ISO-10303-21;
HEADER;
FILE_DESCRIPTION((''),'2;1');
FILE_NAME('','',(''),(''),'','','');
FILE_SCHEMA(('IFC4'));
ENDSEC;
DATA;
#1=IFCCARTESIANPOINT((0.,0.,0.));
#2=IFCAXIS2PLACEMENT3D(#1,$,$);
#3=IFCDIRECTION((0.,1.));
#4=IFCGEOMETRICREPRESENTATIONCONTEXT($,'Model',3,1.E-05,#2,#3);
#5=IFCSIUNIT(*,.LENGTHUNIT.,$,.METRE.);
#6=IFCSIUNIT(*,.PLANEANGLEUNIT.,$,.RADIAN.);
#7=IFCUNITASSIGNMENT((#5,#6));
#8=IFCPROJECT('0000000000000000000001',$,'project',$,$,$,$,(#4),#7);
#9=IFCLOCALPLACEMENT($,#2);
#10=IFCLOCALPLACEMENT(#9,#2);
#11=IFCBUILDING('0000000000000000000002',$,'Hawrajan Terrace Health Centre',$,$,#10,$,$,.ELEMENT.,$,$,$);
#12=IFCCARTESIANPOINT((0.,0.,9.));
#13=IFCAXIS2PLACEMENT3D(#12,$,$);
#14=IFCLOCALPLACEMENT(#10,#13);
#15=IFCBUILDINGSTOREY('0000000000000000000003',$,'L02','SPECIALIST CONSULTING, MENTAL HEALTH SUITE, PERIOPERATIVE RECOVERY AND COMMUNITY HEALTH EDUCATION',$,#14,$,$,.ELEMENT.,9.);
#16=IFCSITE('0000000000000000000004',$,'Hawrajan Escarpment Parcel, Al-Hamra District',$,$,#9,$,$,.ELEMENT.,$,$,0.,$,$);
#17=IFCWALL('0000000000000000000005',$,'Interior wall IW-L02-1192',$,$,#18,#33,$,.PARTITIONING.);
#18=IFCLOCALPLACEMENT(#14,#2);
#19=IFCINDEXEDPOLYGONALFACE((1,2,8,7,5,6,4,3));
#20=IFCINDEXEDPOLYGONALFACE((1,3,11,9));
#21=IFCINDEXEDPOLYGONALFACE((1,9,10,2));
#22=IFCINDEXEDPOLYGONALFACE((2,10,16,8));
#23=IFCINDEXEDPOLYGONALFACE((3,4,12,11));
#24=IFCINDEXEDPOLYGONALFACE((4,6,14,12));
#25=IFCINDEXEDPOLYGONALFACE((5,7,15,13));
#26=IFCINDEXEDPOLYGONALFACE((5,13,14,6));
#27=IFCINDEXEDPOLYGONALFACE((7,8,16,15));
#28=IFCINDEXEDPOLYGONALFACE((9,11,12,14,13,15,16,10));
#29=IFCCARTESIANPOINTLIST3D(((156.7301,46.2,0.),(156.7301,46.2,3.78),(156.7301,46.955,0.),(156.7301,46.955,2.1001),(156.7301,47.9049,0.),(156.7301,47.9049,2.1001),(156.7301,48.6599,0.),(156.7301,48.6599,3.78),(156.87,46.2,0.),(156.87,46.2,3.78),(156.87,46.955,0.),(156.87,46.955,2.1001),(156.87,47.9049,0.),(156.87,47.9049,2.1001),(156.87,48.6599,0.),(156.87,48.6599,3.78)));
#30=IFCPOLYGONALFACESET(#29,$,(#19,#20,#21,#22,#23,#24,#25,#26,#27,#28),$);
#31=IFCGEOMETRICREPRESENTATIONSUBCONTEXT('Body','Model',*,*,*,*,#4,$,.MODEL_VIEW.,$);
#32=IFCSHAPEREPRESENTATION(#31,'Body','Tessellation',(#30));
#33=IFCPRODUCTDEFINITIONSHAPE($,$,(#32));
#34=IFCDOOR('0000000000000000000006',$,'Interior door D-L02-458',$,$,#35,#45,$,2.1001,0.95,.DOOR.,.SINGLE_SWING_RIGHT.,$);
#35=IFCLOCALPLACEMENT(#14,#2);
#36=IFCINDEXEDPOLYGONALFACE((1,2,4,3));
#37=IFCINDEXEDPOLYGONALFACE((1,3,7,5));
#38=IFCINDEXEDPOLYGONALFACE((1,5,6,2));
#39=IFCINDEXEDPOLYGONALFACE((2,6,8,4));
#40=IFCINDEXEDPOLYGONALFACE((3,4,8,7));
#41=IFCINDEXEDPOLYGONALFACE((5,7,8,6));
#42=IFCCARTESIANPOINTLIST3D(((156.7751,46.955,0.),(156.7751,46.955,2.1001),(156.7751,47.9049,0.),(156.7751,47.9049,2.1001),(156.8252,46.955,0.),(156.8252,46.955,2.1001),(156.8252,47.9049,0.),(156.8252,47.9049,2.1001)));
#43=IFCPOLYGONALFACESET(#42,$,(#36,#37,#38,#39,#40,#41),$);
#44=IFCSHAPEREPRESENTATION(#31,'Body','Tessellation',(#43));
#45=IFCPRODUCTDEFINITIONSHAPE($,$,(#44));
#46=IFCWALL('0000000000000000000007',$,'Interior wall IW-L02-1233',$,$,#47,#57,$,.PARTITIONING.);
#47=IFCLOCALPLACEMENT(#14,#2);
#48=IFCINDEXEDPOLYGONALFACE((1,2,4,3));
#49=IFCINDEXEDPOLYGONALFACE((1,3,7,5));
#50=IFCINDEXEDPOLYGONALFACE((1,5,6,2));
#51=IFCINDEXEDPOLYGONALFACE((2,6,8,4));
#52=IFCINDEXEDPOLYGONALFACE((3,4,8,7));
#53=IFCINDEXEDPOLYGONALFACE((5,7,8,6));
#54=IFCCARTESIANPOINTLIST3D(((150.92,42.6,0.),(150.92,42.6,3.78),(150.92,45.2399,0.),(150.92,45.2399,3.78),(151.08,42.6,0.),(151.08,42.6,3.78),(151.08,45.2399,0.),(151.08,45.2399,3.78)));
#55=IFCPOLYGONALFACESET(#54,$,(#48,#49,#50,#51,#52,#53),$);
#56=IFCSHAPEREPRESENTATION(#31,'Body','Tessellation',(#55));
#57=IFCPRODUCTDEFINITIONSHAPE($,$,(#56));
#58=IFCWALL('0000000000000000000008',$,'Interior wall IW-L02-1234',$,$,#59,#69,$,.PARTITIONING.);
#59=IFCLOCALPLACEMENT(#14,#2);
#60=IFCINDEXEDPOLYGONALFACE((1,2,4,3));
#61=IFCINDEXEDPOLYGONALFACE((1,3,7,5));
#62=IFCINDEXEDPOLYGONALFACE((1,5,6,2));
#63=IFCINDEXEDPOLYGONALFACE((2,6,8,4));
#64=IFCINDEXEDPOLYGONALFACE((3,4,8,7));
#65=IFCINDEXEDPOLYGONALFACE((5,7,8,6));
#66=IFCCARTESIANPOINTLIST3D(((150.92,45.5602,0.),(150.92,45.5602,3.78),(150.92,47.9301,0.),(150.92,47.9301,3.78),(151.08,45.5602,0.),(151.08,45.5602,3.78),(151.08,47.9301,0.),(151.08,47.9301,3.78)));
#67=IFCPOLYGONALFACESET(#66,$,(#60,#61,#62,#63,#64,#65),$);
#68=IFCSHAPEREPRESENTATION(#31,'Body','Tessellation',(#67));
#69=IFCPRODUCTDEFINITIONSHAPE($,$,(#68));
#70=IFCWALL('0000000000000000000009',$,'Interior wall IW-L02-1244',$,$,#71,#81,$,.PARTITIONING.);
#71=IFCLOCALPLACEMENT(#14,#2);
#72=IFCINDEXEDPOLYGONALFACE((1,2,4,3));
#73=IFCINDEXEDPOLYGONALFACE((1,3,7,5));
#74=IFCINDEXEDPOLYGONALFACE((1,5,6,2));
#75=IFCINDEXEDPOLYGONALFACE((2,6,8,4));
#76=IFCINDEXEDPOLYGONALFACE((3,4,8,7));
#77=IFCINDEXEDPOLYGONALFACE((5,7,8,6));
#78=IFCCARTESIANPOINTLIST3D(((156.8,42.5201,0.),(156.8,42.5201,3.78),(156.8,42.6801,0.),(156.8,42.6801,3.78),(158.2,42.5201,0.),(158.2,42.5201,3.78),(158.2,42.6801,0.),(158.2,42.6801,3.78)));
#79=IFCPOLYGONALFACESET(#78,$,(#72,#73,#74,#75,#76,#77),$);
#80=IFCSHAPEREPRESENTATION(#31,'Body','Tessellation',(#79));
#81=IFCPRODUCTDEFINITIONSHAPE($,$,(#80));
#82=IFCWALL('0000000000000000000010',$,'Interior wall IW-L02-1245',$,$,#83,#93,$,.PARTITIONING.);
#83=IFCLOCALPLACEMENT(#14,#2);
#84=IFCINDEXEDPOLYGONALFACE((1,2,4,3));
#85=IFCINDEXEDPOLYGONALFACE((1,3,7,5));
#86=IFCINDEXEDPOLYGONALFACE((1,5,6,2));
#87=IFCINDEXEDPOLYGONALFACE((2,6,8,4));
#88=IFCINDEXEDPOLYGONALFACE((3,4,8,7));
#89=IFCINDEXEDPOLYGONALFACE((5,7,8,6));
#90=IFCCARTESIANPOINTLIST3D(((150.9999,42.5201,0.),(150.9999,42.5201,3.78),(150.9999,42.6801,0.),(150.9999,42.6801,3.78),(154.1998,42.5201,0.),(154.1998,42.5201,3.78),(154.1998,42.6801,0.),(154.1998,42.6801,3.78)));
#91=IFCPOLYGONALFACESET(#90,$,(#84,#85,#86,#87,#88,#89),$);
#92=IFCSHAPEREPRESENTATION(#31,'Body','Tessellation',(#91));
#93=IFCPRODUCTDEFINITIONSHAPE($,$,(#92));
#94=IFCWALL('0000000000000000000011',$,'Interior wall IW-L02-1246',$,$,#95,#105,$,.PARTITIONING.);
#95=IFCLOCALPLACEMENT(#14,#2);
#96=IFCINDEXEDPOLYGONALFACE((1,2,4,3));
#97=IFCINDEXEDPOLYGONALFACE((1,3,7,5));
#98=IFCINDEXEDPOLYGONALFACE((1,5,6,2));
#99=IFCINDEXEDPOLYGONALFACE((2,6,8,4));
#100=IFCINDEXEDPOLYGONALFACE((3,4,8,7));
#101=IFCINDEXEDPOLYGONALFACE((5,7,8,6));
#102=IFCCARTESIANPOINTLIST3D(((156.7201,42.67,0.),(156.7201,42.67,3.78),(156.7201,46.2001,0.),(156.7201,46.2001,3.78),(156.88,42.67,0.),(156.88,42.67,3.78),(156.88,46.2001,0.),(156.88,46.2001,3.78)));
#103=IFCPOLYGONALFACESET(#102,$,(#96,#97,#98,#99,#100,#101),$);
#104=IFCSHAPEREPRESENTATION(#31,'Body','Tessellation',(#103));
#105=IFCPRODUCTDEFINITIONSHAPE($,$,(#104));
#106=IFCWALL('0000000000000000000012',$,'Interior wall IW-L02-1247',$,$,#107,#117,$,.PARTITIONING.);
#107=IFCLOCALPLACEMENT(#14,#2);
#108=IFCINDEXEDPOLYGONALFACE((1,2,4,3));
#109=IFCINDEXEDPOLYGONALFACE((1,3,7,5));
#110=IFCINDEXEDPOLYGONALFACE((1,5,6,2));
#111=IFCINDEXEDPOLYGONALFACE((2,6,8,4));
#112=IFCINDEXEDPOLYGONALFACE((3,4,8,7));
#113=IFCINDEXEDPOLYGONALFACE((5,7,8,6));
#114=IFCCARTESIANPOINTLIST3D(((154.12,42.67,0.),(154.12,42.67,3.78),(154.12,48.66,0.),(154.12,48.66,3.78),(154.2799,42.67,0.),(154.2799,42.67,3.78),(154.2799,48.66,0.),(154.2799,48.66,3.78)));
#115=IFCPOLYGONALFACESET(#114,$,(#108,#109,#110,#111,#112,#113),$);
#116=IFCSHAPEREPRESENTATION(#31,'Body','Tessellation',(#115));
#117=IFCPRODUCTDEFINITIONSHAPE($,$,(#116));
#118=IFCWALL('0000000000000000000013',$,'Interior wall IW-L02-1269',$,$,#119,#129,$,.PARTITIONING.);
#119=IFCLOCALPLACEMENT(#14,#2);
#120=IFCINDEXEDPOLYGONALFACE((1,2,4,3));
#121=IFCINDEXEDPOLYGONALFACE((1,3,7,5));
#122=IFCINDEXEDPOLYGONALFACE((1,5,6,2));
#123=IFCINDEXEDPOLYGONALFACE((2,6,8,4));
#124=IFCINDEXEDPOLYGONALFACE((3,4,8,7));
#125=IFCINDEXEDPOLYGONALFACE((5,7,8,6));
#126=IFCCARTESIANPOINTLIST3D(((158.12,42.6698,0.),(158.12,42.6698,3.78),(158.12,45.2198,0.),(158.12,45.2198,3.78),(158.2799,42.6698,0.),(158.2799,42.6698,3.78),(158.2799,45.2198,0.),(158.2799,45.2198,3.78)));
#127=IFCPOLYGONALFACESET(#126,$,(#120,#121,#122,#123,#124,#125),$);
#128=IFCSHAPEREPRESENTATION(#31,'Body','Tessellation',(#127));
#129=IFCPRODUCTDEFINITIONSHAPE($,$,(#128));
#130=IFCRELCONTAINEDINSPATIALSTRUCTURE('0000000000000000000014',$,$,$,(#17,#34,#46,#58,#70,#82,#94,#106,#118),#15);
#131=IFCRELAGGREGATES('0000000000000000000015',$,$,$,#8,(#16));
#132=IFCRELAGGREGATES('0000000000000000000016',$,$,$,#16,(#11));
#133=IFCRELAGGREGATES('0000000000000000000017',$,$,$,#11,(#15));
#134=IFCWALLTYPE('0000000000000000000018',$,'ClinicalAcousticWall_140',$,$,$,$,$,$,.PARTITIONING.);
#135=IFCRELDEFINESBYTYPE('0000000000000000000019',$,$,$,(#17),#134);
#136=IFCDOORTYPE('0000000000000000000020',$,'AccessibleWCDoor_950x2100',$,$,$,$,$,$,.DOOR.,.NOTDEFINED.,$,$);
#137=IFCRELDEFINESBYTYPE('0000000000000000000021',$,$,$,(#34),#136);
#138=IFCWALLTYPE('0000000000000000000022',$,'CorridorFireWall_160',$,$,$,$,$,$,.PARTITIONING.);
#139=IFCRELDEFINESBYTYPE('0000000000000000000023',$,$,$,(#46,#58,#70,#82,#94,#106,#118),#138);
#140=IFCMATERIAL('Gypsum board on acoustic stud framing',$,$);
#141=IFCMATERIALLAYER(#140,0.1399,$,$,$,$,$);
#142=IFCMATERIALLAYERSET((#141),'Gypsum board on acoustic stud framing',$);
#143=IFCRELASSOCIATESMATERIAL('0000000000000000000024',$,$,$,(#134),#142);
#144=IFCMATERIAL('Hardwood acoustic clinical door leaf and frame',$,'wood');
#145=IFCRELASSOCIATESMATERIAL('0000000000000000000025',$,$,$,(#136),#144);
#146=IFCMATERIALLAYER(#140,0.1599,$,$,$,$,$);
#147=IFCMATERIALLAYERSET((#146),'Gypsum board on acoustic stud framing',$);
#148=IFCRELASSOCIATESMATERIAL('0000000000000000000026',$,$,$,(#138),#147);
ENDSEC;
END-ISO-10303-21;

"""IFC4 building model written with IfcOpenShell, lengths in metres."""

from ifc_helpers import new_model, si_unit, direction, frame, frame_2d, origin, place, context, subcontext, project, spatial, rectangle, extrude, material, layer, layer_set, type_object, element, fill, save


model = new_model("IFC4")

# Units and contexts
model_context = context("Model", 3, precision=1e-05, world=origin(), true_north=direction((0.0, 1.0)))
body_context = subcontext(model_context, "Body", "Model", "MODEL_VIEW")
ifc_project = project(units=[si_unit("LENGTHUNIT", "METRE"), si_unit("PLANEANGLEUNIT", "RADIAN")], contexts=[model_context])

# Site, building, storey
site_placement = place(None, origin())
site = spatial("IfcSite", under=ifc_project, at=site_placement, Name="Hawrajan Escarpment Parcel, Al-Hamra District", CompositionType="ELEMENT", RefElevation=0.0)
building_placement = place(site_placement, origin())
building = spatial("IfcBuilding", under=site, at=building_placement, Name="Hawrajan Terrace Health Centre", CompositionType="ELEMENT")
storey_placement = place(building_placement, frame((0.0, 0.0, 9.0)))
storey = spatial("IfcBuildingStorey", under=building, at=storey_placement, Name="L02", Description="SPECIALIST CONSULTING, MENTAL HEALTH SUITE, PERIOPERATIVE RECOVERY AND COMMUNITY HEALTH EDUCATION", CompositionType="ELEMENT", Elevation=9.0)

# Shared definitions
ifc_material_1 = material(Name="Gypsum board on acoustic stud framing")
ifc_layer_1 = layer(ifc_material_1, 0.1399)
ifc_layer_set_1 = layer_set([ifc_layer_1], Name="Gypsum board on acoustic stud framing")
wall_type_1 = type_object("IfcWallType", Name="ClinicalAcousticWall_140", PredefinedType="PARTITIONING", material=ifc_layer_set_1)
ifc_material_2 = material(Name="Hardwood acoustic clinical door leaf and frame", Category="wood")

# Wall, opening, door
wall_1_placement = place(storey_placement, frame((156.8, 46.2, 0.0), z_axis=(0.0, 0.0, 1.0), x_axis=(0.0, 1.0, 0.0)))
wall_1 = element("IfcWall", 1, at=wall_1_placement, inside=storey, type_object=wall_type_1, Name="Interior wall IW-L02-1192", PredefinedType="PARTITIONING", context=body_context, shape_type="SweptSolid", body=[
    extrude(rectangle(XDim=2.46, YDim=0.1399, at=frame_2d((1.23, 0.0))), origin(), (0.0, 0.0, 1.0), 3.78),
])
opening_1_placement = place(wall_1_placement, frame((0.7549, 0.0, 0.0)))
opening_1 = element("IfcOpeningElement", 2, at=opening_1_placement, cuts=wall_1, PredefinedType="OPENING", context=body_context, shape_type="SweptSolid", body=[
    extrude(rectangle(XDim=0.95, YDim=2.1001, at=frame_2d((0.4751, 1.05))), frame((0.0, 0.0798, 0.0), z_axis=(0.0, -1.0, 0.0), x_axis=(1.0, 0.0, 0.0)), (0.0, 0.0, 1.0), 0.1599),
])
door_type_1 = type_object("IfcDoorType", Name="AccessibleWCDoor_950x2100", OperationType="NOTDEFINED", PredefinedType="DOOR", material=ifc_material_2)
door_1_placement = place(opening_1_placement, origin())
door_1 = element("IfcDoor", 3, at=door_1_placement, inside=storey, type_object=door_type_1, Name="Interior door D-L02-458", OperationType="SINGLE_SWING_RIGHT", OverallHeight=2.1001, OverallWidth=0.95, PredefinedType="DOOR", context=body_context, shape_type="SweptSolid", body=[
    extrude(rectangle(XDim=0.95, YDim=2.1001, at=frame_2d((0.4751, 1.05))), frame((0.0, 0.0249, 0.0), z_axis=(0.0, -1.0, 0.0), x_axis=(1.0, 0.0, 0.0)), (0.0, 0.0, 1.0), 0.05),
])
fill(opening_1, door_1)

# Walls
ifc_layer_2 = layer(ifc_material_1, 0.1599)
ifc_layer_set_2 = layer_set([ifc_layer_2], Name="Gypsum board on acoustic stud framing")
wall_type_2 = type_object("IfcWallType", Name="CorridorFireWall_160", PredefinedType="PARTITIONING", material=ifc_layer_set_2)
wall_2_placement = place(storey_placement, frame((151.0, 42.6001, 0.0), z_axis=(0.0, 0.0, 1.0), x_axis=(0.0, 1.0, 0.0)))
element("IfcWall", 4, at=wall_2_placement, inside=storey, type_object=wall_type_2, Name="Interior wall IW-L02-1233", PredefinedType="PARTITIONING", context=body_context, shape_type="SweptSolid", body=[
    extrude(rectangle(XDim=2.6399, YDim=0.1599, at=frame_2d((1.3198, 0.0))), origin(), (0.0, 0.0, 1.0), 3.78),
])
wall_3_placement = place(storey_placement, frame((151.0, 45.5601, 0.0), z_axis=(0.0, 0.0, 1.0), x_axis=(0.0, 1.0, 0.0)))
element("IfcWall", 5, at=wall_3_placement, inside=storey, type_object=wall_type_2, Name="Interior wall IW-L02-1234", PredefinedType="PARTITIONING", context=body_context, shape_type="SweptSolid", body=[
    extrude(rectangle(XDim=2.3699, YDim=0.1599, at=frame_2d((1.1851, 0.0))), origin(), (0.0, 0.0, 1.0), 3.78),
])
wall_4_placement = place(storey_placement, frame((158.2, 42.6001, 0.0), z_axis=(0.0, 0.0, 1.0), x_axis=(-1.0, 0.0, 0.0)))
element("IfcWall", 6, at=wall_4_placement, inside=storey, type_object=wall_type_2, Name="Interior wall IW-L02-1244", PredefinedType="PARTITIONING", context=body_context, shape_type="SweptSolid", body=[
    extrude(rectangle(XDim=1.3999, YDim=0.1599, at=frame_2d((0.7, 0.0))), origin(), (0.0, 0.0, 1.0), 3.78),
])
wall_5_placement = place(storey_placement, frame((154.2, 42.6001, 0.0), z_axis=(0.0, 0.0, 1.0), x_axis=(-1.0, 0.0, 0.0)))
element("IfcWall", 7, at=wall_5_placement, inside=storey, type_object=wall_type_2, Name="Interior wall IW-L02-1245", PredefinedType="PARTITIONING", context=body_context, shape_type="SweptSolid", body=[
    extrude(rectangle(XDim=3.2, YDim=0.1599, at=frame_2d((1.6001, 0.0))), origin(), (0.0, 0.0, 1.0), 3.78),
])
wall_6_placement = place(storey_placement, frame((156.8, 42.6699, 0.0), z_axis=(0.0, 0.0, 1.0), x_axis=(0.0, 1.0, 0.0)))
element("IfcWall", 8, at=wall_6_placement, inside=storey, type_object=wall_type_2, Name="Interior wall IW-L02-1246", PredefinedType="PARTITIONING", context=body_context, shape_type="SweptSolid", body=[
    extrude(rectangle(XDim=3.53, YDim=0.1599, at=frame_2d((1.7651, 0.0))), origin(), (0.0, 0.0, 1.0), 3.78),
])
wall_7_placement = place(storey_placement, frame((154.2, 42.6699, 0.0), z_axis=(0.0, 0.0, 1.0), x_axis=(0.0, 1.0, 0.0)))
element("IfcWall", 9, at=wall_7_placement, inside=storey, type_object=wall_type_2, Name="Interior wall IW-L02-1247", PredefinedType="PARTITIONING", context=body_context, shape_type="SweptSolid", body=[
    extrude(rectangle(XDim=5.99, YDim=0.1599, at=frame_2d((2.9951, 0.0))), origin(), (0.0, 0.0, 1.0), 3.78),
])
wall_8_placement = place(storey_placement, frame((158.2, 42.6699, 0.0), z_axis=(0.0, 0.0, 1.0), x_axis=(0.0, 1.0, 0.0)))
element("IfcWall", 10, at=wall_8_placement, inside=storey, type_object=wall_type_2, Name="Interior wall IW-L02-1269", PredefinedType="PARTITIONING", context=body_context, shape_type="SweptSolid", body=[
    extrude(rectangle(XDim=2.55, YDim=0.1599, at=frame_2d((1.2749, 0.0))), origin(), (0.0, 0.0, 1.0), 3.78),
])

save(model, "model.ifc")
